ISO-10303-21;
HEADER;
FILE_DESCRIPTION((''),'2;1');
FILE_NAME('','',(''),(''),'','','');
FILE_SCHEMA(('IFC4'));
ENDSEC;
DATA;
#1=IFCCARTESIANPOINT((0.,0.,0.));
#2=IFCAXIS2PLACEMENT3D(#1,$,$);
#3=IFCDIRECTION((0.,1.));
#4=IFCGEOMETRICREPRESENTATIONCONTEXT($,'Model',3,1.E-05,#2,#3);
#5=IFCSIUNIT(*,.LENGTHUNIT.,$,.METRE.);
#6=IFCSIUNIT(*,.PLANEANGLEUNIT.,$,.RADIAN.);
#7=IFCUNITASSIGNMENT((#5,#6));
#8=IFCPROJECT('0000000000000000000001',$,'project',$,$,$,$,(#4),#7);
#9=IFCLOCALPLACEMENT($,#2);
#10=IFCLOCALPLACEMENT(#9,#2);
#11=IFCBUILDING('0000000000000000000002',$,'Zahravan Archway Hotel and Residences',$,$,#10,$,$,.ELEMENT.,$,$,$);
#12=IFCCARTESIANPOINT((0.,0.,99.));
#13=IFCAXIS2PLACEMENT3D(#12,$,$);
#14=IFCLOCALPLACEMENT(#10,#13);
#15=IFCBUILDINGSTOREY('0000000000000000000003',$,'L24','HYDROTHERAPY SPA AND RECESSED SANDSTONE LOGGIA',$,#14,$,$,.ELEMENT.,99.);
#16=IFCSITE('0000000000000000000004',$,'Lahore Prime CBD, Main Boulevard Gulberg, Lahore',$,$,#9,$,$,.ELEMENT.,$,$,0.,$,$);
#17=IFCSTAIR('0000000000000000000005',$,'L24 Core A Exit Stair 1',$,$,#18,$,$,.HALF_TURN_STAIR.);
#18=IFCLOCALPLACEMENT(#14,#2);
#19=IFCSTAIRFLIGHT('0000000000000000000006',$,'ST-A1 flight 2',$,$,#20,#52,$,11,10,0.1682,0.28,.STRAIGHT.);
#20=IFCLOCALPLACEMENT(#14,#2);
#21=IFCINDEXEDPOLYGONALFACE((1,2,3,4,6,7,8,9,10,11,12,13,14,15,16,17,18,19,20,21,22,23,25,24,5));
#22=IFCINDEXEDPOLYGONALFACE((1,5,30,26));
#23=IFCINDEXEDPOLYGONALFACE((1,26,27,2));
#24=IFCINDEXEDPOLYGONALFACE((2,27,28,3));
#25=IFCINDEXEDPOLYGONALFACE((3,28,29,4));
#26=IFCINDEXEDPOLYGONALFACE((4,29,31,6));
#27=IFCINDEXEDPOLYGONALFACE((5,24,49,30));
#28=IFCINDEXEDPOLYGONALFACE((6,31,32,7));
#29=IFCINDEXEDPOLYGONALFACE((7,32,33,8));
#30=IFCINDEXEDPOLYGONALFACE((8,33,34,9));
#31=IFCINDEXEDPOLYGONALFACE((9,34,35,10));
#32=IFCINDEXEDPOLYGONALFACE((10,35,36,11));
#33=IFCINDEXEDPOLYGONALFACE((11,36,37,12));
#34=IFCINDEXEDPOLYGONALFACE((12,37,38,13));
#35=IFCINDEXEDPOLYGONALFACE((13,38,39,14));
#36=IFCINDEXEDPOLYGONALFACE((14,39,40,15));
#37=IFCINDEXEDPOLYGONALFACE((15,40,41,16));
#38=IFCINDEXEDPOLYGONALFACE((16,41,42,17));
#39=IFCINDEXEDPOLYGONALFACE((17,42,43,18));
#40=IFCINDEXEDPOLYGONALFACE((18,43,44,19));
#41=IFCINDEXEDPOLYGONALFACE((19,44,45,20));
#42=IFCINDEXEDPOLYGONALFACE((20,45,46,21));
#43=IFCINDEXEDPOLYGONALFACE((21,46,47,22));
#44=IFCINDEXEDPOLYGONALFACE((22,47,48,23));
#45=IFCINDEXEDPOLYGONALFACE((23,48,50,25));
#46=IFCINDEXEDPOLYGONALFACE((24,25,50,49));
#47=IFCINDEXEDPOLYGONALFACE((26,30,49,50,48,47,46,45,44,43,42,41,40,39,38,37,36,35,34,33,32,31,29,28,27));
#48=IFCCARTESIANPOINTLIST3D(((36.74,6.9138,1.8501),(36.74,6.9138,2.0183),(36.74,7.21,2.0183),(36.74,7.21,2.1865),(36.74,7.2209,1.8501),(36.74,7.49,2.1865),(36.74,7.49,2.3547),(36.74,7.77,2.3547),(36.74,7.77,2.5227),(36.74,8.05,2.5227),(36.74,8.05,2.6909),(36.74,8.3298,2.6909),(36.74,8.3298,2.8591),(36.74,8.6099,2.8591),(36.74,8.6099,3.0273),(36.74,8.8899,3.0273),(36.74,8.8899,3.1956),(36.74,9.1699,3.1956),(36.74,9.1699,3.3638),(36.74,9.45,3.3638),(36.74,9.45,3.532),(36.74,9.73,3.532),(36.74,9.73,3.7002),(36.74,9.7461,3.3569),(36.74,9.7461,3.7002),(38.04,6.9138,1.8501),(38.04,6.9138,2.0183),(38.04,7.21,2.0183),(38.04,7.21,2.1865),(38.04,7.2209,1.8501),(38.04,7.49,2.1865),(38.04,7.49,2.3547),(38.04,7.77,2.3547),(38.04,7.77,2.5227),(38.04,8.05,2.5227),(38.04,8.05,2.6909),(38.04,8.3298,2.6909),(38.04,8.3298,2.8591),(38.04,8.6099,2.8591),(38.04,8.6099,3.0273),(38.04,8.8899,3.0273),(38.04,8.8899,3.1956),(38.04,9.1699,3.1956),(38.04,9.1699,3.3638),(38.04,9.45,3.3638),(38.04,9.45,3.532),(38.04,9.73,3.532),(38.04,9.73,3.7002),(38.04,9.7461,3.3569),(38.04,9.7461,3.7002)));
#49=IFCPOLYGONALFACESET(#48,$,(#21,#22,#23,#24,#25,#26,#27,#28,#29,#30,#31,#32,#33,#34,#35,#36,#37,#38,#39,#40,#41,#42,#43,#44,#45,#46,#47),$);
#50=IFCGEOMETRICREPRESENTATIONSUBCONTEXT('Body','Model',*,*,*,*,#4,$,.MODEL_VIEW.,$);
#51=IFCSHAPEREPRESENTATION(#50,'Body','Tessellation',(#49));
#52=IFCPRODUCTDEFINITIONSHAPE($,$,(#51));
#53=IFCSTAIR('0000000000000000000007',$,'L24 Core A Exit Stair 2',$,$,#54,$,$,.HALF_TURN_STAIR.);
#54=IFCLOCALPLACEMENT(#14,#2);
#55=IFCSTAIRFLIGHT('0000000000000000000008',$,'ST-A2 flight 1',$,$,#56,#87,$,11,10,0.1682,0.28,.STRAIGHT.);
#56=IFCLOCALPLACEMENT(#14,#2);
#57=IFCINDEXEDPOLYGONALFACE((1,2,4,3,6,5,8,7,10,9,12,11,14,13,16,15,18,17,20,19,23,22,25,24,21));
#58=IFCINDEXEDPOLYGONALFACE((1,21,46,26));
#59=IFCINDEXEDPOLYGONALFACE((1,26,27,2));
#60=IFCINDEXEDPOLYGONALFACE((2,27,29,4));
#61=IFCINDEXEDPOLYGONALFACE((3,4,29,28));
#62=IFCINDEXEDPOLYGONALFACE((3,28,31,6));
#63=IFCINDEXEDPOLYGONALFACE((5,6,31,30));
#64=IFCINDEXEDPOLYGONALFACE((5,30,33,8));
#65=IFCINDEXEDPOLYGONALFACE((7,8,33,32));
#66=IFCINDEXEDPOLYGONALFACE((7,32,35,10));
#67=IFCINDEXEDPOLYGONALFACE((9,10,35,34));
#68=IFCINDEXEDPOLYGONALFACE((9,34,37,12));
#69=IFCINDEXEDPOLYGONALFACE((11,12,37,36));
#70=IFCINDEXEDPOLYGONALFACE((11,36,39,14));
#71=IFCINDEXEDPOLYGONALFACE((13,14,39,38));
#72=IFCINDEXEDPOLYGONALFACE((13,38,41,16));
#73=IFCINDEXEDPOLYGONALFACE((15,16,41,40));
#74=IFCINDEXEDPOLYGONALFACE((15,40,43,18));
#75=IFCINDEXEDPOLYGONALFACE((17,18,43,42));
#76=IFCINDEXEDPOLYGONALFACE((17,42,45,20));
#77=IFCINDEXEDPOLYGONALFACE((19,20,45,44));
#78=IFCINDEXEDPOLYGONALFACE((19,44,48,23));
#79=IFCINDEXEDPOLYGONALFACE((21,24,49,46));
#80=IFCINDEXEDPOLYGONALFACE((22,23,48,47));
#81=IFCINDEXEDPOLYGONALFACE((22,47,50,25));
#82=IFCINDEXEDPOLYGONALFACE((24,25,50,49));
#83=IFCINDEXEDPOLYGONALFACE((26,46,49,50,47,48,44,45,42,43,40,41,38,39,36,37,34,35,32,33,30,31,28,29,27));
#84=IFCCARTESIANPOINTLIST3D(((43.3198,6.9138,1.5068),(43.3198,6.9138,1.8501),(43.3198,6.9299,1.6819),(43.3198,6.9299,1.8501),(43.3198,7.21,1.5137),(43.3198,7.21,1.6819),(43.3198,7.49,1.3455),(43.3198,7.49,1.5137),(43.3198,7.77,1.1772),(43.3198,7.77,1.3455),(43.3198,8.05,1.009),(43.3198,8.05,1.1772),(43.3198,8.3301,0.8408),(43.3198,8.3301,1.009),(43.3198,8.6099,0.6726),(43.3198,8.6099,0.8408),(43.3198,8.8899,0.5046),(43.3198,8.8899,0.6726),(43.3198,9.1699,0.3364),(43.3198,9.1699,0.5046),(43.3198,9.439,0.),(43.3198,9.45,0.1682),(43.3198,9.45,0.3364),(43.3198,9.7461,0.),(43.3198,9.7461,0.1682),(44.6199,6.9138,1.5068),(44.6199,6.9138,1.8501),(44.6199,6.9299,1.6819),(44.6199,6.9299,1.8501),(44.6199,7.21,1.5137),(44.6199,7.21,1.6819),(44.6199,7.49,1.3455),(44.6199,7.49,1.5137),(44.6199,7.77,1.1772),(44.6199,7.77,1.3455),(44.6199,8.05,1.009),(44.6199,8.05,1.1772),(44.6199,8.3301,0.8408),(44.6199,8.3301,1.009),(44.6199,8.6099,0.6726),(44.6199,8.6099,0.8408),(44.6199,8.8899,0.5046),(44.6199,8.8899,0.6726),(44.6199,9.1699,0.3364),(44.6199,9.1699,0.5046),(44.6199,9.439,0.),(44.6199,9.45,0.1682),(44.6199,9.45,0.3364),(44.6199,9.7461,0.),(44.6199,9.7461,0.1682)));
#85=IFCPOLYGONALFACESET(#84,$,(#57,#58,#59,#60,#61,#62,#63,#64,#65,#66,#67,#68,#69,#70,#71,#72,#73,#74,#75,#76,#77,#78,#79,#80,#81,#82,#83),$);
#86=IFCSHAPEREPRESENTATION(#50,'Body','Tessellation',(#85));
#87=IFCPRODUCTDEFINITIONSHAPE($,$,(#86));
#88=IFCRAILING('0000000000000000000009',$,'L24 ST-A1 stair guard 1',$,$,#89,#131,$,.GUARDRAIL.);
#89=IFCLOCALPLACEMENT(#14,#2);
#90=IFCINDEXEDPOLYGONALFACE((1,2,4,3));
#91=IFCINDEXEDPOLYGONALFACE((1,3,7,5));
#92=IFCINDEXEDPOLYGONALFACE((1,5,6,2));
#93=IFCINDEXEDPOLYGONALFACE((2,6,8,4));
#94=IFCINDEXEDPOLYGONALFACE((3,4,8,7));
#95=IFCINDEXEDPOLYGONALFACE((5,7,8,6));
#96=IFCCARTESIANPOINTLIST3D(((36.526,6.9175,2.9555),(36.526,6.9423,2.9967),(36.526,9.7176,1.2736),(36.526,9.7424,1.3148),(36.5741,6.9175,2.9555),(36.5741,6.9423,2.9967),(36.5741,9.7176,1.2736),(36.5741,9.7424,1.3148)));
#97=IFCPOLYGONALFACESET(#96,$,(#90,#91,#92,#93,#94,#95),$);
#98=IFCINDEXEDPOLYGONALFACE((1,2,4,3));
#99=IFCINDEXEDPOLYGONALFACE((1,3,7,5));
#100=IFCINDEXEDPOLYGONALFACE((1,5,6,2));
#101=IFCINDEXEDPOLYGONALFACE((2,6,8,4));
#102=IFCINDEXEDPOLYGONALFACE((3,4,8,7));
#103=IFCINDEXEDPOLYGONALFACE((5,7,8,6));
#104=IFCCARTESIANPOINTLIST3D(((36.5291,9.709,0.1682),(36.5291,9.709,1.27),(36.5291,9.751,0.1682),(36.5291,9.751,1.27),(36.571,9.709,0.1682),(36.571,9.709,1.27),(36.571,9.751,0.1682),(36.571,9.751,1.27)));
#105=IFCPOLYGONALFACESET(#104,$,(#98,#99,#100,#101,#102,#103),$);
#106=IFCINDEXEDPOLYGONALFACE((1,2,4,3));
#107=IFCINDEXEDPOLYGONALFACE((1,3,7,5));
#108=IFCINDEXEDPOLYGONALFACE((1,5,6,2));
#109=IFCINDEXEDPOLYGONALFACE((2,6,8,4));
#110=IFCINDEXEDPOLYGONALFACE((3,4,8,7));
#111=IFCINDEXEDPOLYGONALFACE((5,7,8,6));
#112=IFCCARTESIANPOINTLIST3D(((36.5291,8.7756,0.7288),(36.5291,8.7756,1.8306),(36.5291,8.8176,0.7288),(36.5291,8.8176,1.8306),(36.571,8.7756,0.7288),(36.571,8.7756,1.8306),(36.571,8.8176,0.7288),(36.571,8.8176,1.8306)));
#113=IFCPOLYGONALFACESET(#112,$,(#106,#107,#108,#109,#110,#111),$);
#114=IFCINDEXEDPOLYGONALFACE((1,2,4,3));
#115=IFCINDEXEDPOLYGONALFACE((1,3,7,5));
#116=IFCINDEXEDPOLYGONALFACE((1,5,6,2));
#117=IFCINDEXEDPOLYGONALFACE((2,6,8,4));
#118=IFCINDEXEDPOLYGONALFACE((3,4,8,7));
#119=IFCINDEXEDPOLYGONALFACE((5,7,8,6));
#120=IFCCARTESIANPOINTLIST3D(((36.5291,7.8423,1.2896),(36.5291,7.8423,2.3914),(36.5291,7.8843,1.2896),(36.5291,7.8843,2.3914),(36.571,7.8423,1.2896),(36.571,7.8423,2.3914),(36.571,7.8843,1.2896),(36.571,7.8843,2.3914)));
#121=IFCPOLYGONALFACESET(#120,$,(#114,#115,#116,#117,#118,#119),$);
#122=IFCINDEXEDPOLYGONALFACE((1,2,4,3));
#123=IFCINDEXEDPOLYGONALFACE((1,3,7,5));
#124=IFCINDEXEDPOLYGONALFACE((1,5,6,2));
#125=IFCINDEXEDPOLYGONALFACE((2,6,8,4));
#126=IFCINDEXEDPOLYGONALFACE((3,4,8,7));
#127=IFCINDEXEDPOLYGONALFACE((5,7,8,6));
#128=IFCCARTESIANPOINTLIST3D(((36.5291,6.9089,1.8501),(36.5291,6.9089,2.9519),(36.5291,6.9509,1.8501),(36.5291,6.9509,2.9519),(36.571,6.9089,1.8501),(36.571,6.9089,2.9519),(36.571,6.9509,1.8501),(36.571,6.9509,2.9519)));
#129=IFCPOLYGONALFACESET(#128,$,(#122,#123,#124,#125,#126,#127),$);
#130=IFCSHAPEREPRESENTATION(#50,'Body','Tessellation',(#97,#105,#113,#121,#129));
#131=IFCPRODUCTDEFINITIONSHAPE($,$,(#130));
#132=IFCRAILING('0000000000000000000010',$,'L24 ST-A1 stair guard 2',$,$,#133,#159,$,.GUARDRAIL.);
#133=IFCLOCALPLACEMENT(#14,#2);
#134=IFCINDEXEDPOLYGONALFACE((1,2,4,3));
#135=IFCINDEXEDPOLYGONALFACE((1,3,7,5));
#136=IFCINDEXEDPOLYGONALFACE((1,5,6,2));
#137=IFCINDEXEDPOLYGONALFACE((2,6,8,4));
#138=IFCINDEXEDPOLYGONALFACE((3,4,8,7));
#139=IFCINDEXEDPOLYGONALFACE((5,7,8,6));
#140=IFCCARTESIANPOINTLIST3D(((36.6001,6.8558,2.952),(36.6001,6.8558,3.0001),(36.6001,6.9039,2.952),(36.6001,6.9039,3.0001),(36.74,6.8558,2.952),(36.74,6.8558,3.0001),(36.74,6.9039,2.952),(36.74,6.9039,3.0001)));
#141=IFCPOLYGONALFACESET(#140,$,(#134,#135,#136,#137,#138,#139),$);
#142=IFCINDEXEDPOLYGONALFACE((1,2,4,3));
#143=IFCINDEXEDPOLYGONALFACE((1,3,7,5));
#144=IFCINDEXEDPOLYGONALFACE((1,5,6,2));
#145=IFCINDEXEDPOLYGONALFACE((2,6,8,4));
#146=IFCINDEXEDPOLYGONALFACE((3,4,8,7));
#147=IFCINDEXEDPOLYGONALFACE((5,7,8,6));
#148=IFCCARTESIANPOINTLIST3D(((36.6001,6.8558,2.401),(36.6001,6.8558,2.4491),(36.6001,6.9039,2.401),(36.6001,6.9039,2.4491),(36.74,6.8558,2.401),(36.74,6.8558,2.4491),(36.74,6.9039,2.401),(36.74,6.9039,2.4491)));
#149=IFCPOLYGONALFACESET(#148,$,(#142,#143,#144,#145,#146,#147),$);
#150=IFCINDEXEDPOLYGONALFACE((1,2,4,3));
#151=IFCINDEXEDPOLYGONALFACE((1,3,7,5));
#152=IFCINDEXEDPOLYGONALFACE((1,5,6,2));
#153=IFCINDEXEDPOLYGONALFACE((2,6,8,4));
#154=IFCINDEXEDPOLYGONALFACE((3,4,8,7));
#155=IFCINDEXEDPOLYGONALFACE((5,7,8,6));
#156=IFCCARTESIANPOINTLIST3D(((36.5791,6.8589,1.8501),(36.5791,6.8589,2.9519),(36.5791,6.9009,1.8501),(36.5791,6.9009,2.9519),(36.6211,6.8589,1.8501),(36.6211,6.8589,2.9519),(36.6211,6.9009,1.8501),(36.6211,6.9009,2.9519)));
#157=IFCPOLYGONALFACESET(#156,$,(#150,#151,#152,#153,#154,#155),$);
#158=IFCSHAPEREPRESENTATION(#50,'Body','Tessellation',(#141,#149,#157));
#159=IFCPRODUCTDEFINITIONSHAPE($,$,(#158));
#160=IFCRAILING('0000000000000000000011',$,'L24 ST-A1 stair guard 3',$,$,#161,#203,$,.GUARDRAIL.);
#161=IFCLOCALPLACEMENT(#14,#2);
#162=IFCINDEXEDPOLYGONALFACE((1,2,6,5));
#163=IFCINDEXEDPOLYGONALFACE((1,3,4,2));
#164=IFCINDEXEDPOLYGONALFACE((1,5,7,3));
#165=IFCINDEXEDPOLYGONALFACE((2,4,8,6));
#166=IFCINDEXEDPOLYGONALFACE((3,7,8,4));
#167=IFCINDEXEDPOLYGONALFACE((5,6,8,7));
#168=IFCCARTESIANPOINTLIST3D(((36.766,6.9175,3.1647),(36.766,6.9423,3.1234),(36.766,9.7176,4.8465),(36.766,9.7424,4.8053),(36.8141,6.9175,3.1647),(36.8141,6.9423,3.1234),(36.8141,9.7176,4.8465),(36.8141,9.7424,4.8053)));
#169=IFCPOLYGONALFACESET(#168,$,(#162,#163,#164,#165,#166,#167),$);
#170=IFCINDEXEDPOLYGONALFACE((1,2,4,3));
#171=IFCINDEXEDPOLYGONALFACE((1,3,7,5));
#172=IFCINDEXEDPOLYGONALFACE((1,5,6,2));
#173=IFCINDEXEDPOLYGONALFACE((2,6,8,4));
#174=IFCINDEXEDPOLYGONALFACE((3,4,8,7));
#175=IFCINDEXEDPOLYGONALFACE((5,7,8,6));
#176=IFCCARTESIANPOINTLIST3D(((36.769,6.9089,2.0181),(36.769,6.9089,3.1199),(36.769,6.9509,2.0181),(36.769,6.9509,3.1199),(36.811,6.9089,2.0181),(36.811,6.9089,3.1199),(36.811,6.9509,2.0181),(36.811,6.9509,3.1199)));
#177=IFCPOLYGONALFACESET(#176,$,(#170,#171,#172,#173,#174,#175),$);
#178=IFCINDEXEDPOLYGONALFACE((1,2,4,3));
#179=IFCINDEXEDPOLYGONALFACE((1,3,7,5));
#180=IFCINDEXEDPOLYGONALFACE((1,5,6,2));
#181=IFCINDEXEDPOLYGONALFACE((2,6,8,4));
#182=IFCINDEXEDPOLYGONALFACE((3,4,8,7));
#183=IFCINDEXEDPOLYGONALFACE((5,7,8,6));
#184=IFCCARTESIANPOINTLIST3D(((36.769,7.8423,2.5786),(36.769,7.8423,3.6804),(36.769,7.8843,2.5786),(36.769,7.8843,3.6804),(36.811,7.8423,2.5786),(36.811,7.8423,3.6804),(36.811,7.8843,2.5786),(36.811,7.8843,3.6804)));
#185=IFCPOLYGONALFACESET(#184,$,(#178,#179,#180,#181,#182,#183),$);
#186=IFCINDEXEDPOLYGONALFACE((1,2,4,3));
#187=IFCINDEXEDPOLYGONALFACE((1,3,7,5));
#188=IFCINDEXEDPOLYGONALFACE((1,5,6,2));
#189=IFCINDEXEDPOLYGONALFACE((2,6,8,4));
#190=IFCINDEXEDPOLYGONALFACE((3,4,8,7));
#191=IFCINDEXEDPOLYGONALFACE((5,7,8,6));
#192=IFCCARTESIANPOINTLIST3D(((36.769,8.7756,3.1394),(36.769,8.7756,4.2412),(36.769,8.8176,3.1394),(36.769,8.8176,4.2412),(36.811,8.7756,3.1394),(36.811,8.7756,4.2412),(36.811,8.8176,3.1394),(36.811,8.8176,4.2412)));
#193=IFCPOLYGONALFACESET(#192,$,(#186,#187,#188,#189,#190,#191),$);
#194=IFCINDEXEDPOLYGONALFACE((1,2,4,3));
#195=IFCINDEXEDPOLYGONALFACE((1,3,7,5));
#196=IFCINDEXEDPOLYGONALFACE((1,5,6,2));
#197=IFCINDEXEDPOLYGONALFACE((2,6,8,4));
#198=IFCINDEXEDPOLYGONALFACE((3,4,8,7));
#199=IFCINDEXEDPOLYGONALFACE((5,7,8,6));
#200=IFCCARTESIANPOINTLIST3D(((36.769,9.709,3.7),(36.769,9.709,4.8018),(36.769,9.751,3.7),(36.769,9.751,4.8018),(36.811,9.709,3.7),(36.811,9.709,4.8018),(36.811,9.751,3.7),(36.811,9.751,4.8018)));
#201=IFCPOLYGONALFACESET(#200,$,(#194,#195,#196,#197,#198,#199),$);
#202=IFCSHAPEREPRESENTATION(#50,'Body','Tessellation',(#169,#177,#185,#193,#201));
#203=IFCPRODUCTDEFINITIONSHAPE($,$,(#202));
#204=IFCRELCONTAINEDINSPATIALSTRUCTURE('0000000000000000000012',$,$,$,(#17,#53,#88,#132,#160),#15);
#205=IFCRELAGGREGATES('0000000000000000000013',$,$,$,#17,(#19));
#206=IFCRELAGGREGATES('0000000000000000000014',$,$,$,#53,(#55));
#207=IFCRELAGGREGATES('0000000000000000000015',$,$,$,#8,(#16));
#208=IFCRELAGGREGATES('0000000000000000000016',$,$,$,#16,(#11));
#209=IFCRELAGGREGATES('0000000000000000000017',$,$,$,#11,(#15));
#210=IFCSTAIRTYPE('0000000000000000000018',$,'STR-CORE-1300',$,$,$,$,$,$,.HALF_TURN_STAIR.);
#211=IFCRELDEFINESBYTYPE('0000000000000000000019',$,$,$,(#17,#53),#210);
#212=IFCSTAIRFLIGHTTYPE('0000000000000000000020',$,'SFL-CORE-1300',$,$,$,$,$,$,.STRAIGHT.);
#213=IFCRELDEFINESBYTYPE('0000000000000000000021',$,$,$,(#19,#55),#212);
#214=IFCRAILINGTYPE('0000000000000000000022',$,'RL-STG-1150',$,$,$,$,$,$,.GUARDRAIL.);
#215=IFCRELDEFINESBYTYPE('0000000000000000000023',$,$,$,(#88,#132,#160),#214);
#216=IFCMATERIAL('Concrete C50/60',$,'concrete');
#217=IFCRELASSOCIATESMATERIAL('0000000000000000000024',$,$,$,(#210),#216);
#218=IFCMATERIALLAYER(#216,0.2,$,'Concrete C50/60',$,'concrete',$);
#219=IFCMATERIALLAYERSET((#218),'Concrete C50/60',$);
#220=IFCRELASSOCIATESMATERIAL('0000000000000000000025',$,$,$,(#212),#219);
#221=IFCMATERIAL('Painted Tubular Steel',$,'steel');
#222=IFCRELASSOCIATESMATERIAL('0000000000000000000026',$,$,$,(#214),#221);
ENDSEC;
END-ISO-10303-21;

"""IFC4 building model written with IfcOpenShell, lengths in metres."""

from ifc_helpers import new_model, si_unit, direction, frame, origin, origin_2d, place, context, subcontext, project, spatial, polyline, rectangle, outline, extrude, source, transform, mapped, material, layer, layer_set, type_object, element, aggregate, save


model = new_model("IFC4")

# Units and contexts
model_context = context("Model", 3, precision=1e-05, world=origin(), true_north=direction((0.0, 1.0)))
body_context = subcontext(model_context, "Body", "Model", "MODEL_VIEW")
ifc_project = project(units=[si_unit("LENGTHUNIT", "METRE"), si_unit("PLANEANGLEUNIT", "RADIAN")], contexts=[model_context])

# Site, building, storey
site_placement = place(None, origin())
site = spatial("IfcSite", under=ifc_project, at=site_placement, Name="Lahore Prime CBD, Main Boulevard Gulberg, Lahore", CompositionType="ELEMENT", RefElevation=0.0)
building_placement = place(site_placement, origin())
building = spatial("IfcBuilding", under=site, at=building_placement, Name="Zahravan Archway Hotel and Residences", CompositionType="ELEMENT")
storey_placement = place(building_placement, frame((0.0, 0.0, 99.0)))
storey = spatial("IfcBuildingStorey", under=building, at=storey_placement, Name="L24", Description="HYDROTHERAPY SPA AND RECESSED SANDSTONE LOGGIA", CompositionType="ELEMENT", Elevation=99.0)

# Shared definitions
ifc_material_1 = material(Name="Concrete C50/60", Category="concrete")

# Stair, stair flight
stair_type = type_object("IfcStairType", Name="STR-CORE-1300", PredefinedType="HALF_TURN_STAIR", material=ifc_material_1)
stair_1_placement = place(storey_placement, origin())
stair_1 = element("IfcStair", 1, at=stair_1_placement, inside=storey, type_object=stair_type, Name="L24 Core A Exit Stair 1", PredefinedType="HALF_TURN_STAIR")
ifc_layer_1 = layer(ifc_material_1, 0.2, Name="Concrete C50/60", Category="concrete")
ifc_layer_set_1 = layer_set([ifc_layer_1], Name="Concrete C50/60")
stair_flight_type = type_object("IfcStairFlightType", Name="SFL-CORE-1300", PredefinedType="STRAIGHT", material=ifc_layer_set_1)
shared_shape_1 = source(origin(), body_context, "Body", "SweptSolid", [
    extrude(outline(polyline([(-0.0161, 0.0), (-0.0161, 0.1682), (0.28, 0.1682), (0.28, 0.3364), (0.5601, 0.3364), (0.5601, 0.5046), (0.8401, 0.5046), (0.8401, 0.6726), (1.1201, 0.6726), (1.1201, 0.8408), (1.3999, 0.8408), (1.3999, 1.009), (1.6799, 1.009), (1.6799, 1.1772), (1.96, 1.1772), (1.96, 1.3455), (2.24, 1.3455), (2.24, 1.5137), (2.52, 1.5137), (2.52, 1.6819), (2.8, 1.6819), (2.8, 1.8501), (2.8162, 1.8501), (2.8162, 1.5068), (0.291, 0.0), (-0.0161, 0.0)])), frame((0.0, 0.6499, 0.0), z_axis=(0.0, -1.0, 0.0), x_axis=(1.0, 0.0, 0.0)), (0.0, 0.0, 1.0), 1.3),
])
stair_flight_1_placement = place(storey_placement, frame((37.3899, 6.9299, 1.8501), z_axis=(0.0, 0.0, 1.0), x_axis=(0.0, 1.0, 0.0)))
stair_flight_1 = element("IfcStairFlight", 2, at=stair_flight_1_placement, type_object=stair_flight_type, Name="ST-A1 flight 2", NumberOfRisers=11, NumberOfTreads=10, PredefinedType="STRAIGHT", RiserHeight=0.1682, TreadLength=0.28, context=body_context, shape_type="MappedRepresentation", body=[
    mapped(shared_shape_1, transform((0.0, 0.0, 0.0), scale=1.0)),
])
aggregate(stair_1, [stair_flight_1])

# Stair, stair flight
stair_2_placement = place(storey_placement, origin())
stair_2 = element("IfcStair", 3, at=stair_2_placement, inside=storey, type_object=stair_type, Name="L24 Core A Exit Stair 2", PredefinedType="HALF_TURN_STAIR")
stair_flight_2_placement = place(storey_placement, frame((43.97, 9.73, 0.0), z_axis=(0.0, 0.0, 1.0), x_axis=(0.0, -1.0, 0.0)))
stair_flight_2 = element("IfcStairFlight", 4, at=stair_flight_2_placement, type_object=stair_flight_type, Name="ST-A2 flight 1", NumberOfRisers=11, NumberOfTreads=10, PredefinedType="STRAIGHT", RiserHeight=0.1682, TreadLength=0.28, context=body_context, shape_type="MappedRepresentation", body=[
    mapped(shared_shape_1, transform((0.0, 0.0, 0.0), scale=1.0)),
])
aggregate(stair_2, [stair_flight_2])

# Railings
ifc_material_2 = material(Name="Painted Tubular Steel", Category="steel")
railing_type_1 = type_object("IfcRailingType", Name="RL-STG-1150", PredefinedType="GUARDRAIL", material=ifc_material_2)
railing_1_placement = place(storey_placement, frame((36.55, 9.73, 0.1682)))
element("IfcRailing", 5, at=railing_1_placement, inside=storey, type_object=railing_type_1, Name="L24 ST-A1 stair guard 1", PredefinedType="GUARDRAIL", context=body_context, shape_type="SweptSolid", body=[
    extrude(rectangle(XDim=0.0481, YDim=0.0481, at=origin_2d()), frame((0.0, 0.0, 1.126), z_axis=(0.0, -0.857242, 0.514913), x_axis=(1.0, 0.0, 0.0)), (0.0, 0.0, 1.0), 3.2664),
    extrude(rectangle(XDim=0.042, YDim=0.042, at=origin_2d()), origin(), (0.0, 0.0, 1.0), 1.1018),
    extrude(rectangle(XDim=0.042, YDim=0.042, at=origin_2d()), frame((0.0, -0.9333, 0.5605)), (0.0, 0.0, 1.0), 1.1018),
    extrude(rectangle(XDim=0.042, YDim=0.042, at=origin_2d()), frame((0.0, -1.8667, 1.1213)), (0.0, 0.0, 1.0), 1.1018),
    extrude(rectangle(XDim=0.042, YDim=0.042, at=origin_2d()), frame((0.0, -2.8, 1.6819)), (0.0, 0.0, 1.0), 1.1018),
])
railing_2_placement = place(storey_placement, frame((36.6001, 6.8799, 1.8501)))
element("IfcRailing", 6, at=railing_2_placement, inside=storey, type_object=railing_type_1, Name="L24 ST-A1 stair guard 2", PredefinedType="GUARDRAIL", context=body_context, shape_type="SweptSolid", body=[
    extrude(rectangle(XDim=0.0481, YDim=0.0481, at=origin_2d()), frame((0.0, 0.0, 1.126), z_axis=(1.0, 0.0, 0.0), x_axis=(0.0, 1.0, 0.0)), (0.0, 0.0, 1.0), 0.1399),
    extrude(rectangle(XDim=0.0481, YDim=0.0481, at=origin_2d()), frame((0.0, 0.0, 0.575), z_axis=(1.0, 0.0, 0.0), x_axis=(0.0, 1.0, 0.0)), (0.0, 0.0, 1.0), 0.1399),
    extrude(rectangle(XDim=0.042, YDim=0.042, at=origin_2d()), origin(), (0.0, 0.0, 1.0), 1.1018),
])
railing_3_placement = place(storey_placement, frame((36.79, 6.9299, 2.0181)))
element("IfcRailing", 7, at=railing_3_placement, inside=storey, type_object=railing_type_1, Name="L24 ST-A1 stair guard 3", PredefinedType="GUARDRAIL", context=body_context, shape_type="SweptSolid", body=[
    extrude(rectangle(XDim=0.0481, YDim=0.0481, at=origin_2d()), frame((0.0, 0.0, 1.126), z_axis=(0.0, 0.857242, 0.514913), x_axis=(-1.0, 0.0, 0.0)), (0.0, 0.0, 1.0), 3.2664),
    extrude(rectangle(XDim=0.042, YDim=0.042, at=origin_2d()), origin(), (0.0, 0.0, 1.0), 1.1018),
    extrude(rectangle(XDim=0.042, YDim=0.042, at=origin_2d()), frame((0.0, 0.9333, 0.5605)), (0.0, 0.0, 1.0), 1.1018),
    extrude(rectangle(XDim=0.042, YDim=0.042, at=origin_2d()), frame((0.0, 1.8667, 1.1213)), (0.0, 0.0, 1.0), 1.1018),
    extrude(rectangle(XDim=0.042, YDim=0.042, at=origin_2d()), frame((0.0, 2.8, 1.6819)), (0.0, 0.0, 1.0), 1.1018),
])

save(model, "model.ifc")
